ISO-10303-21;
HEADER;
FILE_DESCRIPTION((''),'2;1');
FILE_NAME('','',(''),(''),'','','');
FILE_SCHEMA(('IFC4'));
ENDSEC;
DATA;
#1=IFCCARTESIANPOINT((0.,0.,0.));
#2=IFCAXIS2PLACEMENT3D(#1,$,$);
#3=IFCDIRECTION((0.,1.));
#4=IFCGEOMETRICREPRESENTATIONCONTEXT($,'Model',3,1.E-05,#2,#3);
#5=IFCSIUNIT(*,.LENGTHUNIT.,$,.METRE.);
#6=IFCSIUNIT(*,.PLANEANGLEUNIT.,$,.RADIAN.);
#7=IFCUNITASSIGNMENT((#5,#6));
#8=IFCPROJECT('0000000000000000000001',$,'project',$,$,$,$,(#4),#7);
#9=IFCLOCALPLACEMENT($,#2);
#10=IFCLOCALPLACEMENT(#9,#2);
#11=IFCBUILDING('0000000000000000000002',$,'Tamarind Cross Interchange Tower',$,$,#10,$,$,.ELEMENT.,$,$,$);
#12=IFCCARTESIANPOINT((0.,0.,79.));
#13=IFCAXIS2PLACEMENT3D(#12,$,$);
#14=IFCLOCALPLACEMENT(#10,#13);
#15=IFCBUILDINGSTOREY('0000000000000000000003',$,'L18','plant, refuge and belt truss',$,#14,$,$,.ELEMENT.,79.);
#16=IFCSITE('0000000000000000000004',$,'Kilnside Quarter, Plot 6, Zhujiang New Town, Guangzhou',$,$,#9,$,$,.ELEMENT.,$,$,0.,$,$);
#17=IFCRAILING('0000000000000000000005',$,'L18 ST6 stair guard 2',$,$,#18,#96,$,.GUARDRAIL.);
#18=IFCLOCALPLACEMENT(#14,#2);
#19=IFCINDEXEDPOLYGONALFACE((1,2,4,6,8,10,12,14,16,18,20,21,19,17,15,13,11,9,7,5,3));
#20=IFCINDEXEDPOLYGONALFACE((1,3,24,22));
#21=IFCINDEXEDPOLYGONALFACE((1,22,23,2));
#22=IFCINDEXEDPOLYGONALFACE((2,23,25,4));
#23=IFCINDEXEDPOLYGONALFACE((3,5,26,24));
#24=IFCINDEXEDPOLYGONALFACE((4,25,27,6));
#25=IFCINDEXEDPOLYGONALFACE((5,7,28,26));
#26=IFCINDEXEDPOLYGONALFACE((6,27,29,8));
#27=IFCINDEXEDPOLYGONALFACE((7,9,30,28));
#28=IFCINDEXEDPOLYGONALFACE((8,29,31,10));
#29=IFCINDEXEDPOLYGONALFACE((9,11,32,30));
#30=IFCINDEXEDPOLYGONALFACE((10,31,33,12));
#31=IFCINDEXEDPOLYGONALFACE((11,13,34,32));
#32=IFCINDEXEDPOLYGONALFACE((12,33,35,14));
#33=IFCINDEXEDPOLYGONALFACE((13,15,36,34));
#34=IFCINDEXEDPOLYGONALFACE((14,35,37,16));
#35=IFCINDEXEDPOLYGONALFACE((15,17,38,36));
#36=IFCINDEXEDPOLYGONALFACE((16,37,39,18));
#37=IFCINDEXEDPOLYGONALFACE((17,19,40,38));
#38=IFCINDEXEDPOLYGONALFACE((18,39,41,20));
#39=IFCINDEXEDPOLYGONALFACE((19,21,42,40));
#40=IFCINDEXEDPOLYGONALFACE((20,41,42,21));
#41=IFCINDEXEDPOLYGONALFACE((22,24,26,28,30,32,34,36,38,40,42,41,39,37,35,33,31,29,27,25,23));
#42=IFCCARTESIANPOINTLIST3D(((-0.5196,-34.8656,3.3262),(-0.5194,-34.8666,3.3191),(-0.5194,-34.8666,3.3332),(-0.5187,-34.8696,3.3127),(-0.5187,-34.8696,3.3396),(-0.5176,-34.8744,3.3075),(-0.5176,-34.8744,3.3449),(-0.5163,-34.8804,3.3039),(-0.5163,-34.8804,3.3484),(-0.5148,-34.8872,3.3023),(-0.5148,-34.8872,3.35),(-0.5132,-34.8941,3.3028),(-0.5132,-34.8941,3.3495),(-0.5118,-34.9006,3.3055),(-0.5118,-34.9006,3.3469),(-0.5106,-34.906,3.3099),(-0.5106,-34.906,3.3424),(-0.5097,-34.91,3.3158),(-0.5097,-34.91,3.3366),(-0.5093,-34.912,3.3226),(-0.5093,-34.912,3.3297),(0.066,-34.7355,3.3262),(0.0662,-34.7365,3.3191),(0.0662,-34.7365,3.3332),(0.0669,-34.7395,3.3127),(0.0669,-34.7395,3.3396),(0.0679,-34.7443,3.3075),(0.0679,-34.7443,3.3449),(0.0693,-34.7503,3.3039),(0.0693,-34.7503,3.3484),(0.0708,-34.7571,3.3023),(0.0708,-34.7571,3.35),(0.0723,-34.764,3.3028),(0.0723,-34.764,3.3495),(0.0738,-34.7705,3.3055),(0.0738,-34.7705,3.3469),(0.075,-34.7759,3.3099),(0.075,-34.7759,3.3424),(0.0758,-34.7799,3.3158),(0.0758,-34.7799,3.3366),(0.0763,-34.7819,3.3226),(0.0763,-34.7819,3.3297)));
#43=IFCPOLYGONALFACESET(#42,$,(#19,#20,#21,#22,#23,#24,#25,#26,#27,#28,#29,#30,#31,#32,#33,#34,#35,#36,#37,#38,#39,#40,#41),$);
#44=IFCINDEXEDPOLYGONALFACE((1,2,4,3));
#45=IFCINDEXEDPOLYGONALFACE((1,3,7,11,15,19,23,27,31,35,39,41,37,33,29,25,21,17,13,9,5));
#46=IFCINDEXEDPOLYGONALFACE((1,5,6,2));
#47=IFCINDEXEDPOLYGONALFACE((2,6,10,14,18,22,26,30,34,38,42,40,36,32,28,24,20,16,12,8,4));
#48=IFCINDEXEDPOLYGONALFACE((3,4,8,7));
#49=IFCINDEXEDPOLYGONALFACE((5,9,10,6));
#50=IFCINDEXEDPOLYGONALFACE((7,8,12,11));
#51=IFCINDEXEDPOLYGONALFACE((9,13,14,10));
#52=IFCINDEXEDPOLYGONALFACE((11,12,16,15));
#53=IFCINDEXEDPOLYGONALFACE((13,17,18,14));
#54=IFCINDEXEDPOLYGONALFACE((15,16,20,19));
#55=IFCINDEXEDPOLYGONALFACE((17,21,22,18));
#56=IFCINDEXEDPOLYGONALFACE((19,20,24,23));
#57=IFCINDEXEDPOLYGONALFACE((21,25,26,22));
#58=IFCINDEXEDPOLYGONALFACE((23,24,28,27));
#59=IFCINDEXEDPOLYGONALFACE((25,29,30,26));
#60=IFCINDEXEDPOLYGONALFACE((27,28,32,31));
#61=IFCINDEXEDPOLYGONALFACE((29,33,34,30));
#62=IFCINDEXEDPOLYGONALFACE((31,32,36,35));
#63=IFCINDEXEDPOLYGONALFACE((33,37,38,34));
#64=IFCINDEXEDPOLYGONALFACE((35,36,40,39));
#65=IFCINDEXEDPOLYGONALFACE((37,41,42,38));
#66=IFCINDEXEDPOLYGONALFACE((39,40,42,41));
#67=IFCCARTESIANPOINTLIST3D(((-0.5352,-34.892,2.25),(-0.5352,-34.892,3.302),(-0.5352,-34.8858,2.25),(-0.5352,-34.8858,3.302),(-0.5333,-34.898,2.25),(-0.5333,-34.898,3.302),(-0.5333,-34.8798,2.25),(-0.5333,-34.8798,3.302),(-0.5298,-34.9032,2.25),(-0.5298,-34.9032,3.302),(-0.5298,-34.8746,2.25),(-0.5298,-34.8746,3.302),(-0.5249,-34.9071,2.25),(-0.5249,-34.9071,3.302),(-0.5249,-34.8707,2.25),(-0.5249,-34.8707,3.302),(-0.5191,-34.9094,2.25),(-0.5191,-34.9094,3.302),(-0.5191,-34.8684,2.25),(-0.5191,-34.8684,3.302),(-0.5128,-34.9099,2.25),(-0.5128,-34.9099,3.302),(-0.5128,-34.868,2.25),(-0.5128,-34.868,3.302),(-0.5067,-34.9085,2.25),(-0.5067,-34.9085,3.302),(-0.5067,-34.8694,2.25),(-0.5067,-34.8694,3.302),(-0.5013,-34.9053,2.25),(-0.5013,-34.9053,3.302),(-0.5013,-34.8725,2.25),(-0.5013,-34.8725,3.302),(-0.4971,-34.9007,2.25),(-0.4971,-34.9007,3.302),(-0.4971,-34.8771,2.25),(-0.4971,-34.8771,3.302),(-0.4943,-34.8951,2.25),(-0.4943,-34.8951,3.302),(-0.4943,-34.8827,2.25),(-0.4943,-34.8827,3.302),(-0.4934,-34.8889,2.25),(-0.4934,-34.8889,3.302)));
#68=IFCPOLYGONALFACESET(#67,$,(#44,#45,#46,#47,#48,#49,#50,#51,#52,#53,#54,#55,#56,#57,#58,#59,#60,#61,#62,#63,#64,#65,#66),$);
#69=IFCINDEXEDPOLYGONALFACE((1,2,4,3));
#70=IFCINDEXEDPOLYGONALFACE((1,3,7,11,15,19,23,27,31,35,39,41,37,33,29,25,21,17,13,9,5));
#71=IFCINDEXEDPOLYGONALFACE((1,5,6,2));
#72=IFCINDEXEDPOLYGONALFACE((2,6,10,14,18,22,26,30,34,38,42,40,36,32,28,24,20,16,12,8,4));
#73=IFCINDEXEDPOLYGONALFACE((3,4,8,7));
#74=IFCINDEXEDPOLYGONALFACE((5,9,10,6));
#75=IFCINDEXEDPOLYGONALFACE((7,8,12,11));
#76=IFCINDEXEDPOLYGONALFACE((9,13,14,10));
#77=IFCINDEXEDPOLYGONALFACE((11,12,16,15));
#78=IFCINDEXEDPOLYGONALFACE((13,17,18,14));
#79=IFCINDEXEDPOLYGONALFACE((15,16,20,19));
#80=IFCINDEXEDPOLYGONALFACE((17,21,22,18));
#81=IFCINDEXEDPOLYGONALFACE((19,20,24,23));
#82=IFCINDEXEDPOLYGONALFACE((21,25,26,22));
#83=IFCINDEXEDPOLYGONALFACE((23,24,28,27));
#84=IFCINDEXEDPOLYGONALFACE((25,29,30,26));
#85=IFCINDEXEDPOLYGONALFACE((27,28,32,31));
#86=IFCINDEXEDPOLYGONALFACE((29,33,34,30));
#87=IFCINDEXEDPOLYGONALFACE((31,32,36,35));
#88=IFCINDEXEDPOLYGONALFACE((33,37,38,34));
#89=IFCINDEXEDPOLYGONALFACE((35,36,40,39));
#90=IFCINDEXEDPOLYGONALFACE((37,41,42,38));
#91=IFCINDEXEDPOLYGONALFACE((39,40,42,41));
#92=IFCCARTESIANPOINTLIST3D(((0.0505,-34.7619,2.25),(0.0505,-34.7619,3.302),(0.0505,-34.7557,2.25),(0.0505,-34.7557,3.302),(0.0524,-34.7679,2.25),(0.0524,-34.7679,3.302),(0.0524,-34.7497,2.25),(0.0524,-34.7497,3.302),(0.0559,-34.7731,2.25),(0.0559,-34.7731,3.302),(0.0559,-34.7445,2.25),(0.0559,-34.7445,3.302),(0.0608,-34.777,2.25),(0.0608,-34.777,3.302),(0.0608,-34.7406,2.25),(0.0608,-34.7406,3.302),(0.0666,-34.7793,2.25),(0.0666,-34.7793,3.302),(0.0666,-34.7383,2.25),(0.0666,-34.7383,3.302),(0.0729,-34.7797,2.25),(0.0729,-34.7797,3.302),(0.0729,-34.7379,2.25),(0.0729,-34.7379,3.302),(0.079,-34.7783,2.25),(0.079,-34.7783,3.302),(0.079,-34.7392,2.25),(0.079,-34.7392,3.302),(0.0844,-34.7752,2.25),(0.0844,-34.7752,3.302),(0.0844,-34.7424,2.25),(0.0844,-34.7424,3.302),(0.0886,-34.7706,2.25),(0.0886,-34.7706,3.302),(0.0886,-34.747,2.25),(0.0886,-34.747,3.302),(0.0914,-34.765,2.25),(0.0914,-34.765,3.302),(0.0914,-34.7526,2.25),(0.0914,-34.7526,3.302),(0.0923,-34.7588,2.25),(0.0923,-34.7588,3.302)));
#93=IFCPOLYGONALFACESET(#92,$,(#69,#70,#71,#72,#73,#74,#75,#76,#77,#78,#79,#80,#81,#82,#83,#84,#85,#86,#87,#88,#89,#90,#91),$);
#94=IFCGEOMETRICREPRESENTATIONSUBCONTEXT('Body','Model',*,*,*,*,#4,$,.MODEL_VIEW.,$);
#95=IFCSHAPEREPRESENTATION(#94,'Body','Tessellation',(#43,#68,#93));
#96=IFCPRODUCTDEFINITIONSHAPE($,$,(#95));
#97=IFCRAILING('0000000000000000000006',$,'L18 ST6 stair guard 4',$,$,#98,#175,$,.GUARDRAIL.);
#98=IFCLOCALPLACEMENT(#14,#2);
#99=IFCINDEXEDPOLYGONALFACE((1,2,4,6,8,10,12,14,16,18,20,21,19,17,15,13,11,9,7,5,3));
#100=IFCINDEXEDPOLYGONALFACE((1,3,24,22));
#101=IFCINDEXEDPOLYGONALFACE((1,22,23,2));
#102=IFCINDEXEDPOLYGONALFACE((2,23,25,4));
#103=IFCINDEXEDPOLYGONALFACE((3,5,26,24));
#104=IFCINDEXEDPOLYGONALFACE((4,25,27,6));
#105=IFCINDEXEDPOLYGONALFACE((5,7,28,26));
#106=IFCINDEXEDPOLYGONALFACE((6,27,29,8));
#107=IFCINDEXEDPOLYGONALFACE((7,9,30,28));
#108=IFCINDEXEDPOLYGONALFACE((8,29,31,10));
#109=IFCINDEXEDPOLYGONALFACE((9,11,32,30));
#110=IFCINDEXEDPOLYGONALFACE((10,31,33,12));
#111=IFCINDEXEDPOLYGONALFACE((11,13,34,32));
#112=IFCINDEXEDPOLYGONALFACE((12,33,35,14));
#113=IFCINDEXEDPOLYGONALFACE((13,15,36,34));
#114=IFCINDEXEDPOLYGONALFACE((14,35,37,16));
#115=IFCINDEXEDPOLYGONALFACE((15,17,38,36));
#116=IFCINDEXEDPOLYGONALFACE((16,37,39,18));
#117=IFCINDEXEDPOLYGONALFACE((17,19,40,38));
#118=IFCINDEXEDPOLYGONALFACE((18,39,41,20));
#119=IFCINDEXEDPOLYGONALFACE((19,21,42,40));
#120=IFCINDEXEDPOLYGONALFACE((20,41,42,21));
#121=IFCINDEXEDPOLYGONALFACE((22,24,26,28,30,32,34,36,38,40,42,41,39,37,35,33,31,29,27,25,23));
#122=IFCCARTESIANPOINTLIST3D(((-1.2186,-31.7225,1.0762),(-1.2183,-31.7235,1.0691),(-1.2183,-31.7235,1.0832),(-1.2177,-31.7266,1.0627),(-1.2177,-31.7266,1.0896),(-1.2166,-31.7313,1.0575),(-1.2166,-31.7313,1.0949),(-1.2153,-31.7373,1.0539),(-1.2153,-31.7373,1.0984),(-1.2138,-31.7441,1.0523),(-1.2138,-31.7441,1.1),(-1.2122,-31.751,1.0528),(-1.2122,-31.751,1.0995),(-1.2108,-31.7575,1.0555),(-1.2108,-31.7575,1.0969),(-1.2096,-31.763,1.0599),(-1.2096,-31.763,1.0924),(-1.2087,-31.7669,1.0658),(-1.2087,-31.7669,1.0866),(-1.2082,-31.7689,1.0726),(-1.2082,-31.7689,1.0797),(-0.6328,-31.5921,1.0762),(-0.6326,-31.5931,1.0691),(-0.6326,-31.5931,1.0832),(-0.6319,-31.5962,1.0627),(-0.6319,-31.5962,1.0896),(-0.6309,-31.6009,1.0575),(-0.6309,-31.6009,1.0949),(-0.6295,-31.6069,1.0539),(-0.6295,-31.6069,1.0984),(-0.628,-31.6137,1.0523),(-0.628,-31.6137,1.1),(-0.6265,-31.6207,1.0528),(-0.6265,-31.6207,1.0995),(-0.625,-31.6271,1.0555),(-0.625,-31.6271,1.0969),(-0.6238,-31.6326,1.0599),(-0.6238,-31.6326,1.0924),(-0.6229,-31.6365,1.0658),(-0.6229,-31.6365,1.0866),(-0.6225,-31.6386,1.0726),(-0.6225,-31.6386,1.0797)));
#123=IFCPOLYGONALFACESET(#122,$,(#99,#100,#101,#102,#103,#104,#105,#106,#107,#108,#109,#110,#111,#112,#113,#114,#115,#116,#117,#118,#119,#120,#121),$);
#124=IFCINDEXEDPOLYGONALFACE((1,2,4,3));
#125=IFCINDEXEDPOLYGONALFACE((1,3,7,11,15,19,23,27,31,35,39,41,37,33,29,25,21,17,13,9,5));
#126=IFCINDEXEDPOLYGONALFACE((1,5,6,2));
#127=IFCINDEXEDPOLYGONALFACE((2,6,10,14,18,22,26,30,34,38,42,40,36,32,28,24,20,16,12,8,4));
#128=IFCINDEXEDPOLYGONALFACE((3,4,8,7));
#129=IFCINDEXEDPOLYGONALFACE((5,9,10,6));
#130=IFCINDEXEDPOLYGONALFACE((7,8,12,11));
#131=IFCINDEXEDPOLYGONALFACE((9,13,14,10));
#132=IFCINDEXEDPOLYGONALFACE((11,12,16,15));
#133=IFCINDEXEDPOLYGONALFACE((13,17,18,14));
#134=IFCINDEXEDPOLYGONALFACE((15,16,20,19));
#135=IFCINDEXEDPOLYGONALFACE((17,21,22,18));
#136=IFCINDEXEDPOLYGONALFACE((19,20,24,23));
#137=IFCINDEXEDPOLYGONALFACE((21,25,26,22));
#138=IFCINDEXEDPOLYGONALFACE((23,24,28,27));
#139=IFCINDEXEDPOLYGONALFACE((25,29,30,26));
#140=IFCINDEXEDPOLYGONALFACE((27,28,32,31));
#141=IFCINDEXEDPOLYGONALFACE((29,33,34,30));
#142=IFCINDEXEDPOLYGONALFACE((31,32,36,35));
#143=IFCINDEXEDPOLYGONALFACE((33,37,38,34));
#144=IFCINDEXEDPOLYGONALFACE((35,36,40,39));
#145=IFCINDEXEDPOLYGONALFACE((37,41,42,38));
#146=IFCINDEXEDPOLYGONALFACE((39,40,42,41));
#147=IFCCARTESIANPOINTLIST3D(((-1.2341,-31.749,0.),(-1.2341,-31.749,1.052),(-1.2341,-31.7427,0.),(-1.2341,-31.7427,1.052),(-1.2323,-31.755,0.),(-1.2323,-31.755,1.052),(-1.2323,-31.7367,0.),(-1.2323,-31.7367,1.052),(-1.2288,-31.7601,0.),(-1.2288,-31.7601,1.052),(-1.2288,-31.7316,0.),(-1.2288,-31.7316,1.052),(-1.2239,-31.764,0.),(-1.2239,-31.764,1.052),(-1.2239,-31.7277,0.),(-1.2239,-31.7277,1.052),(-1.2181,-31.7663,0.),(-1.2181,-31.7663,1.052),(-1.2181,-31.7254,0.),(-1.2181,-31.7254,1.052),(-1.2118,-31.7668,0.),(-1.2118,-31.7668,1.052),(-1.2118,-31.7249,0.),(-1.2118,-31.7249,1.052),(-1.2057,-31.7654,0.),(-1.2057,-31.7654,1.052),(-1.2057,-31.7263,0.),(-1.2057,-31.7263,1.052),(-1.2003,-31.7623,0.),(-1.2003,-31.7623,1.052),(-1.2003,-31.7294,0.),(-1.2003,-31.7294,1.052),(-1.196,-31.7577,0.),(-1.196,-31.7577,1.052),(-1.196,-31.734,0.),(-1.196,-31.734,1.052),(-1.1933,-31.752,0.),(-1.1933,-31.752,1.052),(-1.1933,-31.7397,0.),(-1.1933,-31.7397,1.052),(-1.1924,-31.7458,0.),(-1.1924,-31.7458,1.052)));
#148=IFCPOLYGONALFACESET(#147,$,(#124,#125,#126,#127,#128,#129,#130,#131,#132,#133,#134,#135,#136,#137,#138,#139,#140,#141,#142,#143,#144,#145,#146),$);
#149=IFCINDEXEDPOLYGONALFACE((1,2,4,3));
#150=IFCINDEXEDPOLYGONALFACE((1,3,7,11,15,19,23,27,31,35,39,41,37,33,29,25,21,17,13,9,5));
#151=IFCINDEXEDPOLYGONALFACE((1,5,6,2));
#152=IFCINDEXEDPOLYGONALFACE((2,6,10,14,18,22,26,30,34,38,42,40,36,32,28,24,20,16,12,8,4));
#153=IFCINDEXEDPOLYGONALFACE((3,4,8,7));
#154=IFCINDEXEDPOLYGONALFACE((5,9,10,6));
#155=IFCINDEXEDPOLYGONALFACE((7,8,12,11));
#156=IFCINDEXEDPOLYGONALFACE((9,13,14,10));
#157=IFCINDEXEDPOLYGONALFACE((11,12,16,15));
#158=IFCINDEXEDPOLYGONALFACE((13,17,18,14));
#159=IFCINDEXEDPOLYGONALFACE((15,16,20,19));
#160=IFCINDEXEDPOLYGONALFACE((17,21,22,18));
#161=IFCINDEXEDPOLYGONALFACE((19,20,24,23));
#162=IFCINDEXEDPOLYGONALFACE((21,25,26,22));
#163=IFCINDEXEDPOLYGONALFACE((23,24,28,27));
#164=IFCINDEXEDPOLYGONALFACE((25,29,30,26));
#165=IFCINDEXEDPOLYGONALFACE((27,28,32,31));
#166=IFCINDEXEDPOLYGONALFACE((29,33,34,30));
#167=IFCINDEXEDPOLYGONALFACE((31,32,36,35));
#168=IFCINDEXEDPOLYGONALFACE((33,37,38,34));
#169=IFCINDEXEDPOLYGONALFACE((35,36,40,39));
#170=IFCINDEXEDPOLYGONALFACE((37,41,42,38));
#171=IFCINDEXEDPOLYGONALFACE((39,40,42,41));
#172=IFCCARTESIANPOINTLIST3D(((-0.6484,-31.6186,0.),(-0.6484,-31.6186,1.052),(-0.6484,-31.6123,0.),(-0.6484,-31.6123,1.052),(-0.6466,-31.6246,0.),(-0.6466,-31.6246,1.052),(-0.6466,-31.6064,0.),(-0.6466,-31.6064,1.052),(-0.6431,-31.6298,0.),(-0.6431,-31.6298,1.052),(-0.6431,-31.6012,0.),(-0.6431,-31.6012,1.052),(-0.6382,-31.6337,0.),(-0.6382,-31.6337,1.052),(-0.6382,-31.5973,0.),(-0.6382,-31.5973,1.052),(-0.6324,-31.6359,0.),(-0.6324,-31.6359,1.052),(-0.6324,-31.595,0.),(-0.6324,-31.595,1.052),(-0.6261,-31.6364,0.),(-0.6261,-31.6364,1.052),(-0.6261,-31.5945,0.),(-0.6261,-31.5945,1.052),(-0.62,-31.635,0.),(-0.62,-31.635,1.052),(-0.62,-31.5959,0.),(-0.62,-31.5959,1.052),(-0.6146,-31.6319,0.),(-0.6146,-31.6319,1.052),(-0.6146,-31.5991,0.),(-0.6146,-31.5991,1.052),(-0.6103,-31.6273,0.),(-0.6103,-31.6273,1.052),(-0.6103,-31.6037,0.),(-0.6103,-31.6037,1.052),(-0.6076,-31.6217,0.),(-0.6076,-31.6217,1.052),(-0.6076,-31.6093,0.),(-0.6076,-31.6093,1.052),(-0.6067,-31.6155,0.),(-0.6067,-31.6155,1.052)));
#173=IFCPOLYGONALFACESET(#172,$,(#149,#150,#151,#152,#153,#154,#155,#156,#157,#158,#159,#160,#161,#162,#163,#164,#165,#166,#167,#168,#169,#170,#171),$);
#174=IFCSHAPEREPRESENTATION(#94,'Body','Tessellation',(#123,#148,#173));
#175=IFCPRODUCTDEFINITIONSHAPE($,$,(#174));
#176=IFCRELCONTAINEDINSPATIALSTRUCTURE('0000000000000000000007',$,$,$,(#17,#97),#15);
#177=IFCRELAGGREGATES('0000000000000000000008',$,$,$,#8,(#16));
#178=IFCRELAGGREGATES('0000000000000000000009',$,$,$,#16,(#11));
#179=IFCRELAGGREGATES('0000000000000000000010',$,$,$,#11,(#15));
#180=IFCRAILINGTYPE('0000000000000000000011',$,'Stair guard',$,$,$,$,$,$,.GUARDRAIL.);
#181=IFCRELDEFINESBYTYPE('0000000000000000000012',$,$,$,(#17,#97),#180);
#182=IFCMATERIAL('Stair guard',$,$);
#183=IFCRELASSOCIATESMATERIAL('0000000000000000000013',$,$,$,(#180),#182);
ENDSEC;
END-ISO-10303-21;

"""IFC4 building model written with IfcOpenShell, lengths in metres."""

from ifc_helpers import new_model, si_unit, direction, frame, origin, origin_2d, place, context, subcontext, project, spatial, circle, extrude, material, type_object, element, save


model = new_model("IFC4")

# Units and contexts
model_context = context("Model", 3, precision=1e-05, world=origin(), true_north=direction((0.0, 1.0)))
body_context = subcontext(model_context, "Body", "Model", "MODEL_VIEW")
ifc_project = project(units=[si_unit("LENGTHUNIT", "METRE"), si_unit("PLANEANGLEUNIT", "RADIAN")], contexts=[model_context])

# Site, building, storey
site_placement = place(None, origin())
site = spatial("IfcSite", under=ifc_project, at=site_placement, Name="Kilnside Quarter, Plot 6, Zhujiang New Town, Guangzhou", CompositionType="ELEMENT", RefElevation=0.0)
building_placement = place(site_placement, origin())
building = spatial("IfcBuilding", under=site, at=building_placement, Name="Tamarind Cross Interchange Tower", CompositionType="ELEMENT")
storey_placement = place(building_placement, frame((0.0, 0.0, 79.0)))
storey = spatial("IfcBuildingStorey", under=building, at=storey_placement, Name="L18", Description="plant, refuge and belt truss", CompositionType="ELEMENT", Elevation=79.0)

# Railings
ifc_material_1 = material(Name="Stair guard")
railing_type_1 = type_object("IfcRailingType", Name="Stair guard", PredefinedType="GUARDRAIL", material=ifc_material_1)
railing_1_placement = place(storey_placement, frame((-0.5144, -34.8889, 2.25)))
element("IfcRailing", 1, at=railing_1_placement, inside=storey, type_object=railing_type_1, Name="L18 ST6 stair guard 2", PredefinedType="GUARDRAIL", context=body_context, shape_type="SweptSolid", body=[
    extrude(circle(Radius=0.0239, at=origin_2d()), frame((0.0, 0.0, 1.0762), z_axis=(0.976197, 0.216887, 0.0), x_axis=(-0.216887, 0.976197, 0.0)), (0.0, 0.0, 1.0), 0.5999),
    extrude(circle(Radius=0.021, at=origin_2d()), origin(), (0.0, 0.0, 1.0), 1.052),
    extrude(circle(Radius=0.021, at=origin_2d()), frame((0.5857, 0.1301, 0.0)), (0.0, 0.0, 1.0), 1.052),
])
railing_2_placement = place(storey_placement, frame((-1.2134, -31.7458, 0.0)))
element("IfcRailing", 2, at=railing_2_placement, inside=storey, type_object=railing_type_1, Name="L18 ST6 stair guard 4", PredefinedType="GUARDRAIL", context=body_context, shape_type="SweptSolid", body=[
    extrude(circle(Radius=0.0239, at=origin_2d()), frame((0.0, 0.0, 1.0762), z_axis=(0.97611, 0.217275, 0.0), x_axis=(-0.217275, 0.97611, 0.0)), (0.0, 0.0, 1.0), 0.6001),
    extrude(circle(Radius=0.021, at=origin_2d()), origin(), (0.0, 0.0, 1.0), 1.052),
    extrude(circle(Radius=0.021, at=origin_2d()), frame((0.5857, 0.1304, 0.0)), (0.0, 0.0, 1.0), 1.052),
])

save(model, "model.ifc")
